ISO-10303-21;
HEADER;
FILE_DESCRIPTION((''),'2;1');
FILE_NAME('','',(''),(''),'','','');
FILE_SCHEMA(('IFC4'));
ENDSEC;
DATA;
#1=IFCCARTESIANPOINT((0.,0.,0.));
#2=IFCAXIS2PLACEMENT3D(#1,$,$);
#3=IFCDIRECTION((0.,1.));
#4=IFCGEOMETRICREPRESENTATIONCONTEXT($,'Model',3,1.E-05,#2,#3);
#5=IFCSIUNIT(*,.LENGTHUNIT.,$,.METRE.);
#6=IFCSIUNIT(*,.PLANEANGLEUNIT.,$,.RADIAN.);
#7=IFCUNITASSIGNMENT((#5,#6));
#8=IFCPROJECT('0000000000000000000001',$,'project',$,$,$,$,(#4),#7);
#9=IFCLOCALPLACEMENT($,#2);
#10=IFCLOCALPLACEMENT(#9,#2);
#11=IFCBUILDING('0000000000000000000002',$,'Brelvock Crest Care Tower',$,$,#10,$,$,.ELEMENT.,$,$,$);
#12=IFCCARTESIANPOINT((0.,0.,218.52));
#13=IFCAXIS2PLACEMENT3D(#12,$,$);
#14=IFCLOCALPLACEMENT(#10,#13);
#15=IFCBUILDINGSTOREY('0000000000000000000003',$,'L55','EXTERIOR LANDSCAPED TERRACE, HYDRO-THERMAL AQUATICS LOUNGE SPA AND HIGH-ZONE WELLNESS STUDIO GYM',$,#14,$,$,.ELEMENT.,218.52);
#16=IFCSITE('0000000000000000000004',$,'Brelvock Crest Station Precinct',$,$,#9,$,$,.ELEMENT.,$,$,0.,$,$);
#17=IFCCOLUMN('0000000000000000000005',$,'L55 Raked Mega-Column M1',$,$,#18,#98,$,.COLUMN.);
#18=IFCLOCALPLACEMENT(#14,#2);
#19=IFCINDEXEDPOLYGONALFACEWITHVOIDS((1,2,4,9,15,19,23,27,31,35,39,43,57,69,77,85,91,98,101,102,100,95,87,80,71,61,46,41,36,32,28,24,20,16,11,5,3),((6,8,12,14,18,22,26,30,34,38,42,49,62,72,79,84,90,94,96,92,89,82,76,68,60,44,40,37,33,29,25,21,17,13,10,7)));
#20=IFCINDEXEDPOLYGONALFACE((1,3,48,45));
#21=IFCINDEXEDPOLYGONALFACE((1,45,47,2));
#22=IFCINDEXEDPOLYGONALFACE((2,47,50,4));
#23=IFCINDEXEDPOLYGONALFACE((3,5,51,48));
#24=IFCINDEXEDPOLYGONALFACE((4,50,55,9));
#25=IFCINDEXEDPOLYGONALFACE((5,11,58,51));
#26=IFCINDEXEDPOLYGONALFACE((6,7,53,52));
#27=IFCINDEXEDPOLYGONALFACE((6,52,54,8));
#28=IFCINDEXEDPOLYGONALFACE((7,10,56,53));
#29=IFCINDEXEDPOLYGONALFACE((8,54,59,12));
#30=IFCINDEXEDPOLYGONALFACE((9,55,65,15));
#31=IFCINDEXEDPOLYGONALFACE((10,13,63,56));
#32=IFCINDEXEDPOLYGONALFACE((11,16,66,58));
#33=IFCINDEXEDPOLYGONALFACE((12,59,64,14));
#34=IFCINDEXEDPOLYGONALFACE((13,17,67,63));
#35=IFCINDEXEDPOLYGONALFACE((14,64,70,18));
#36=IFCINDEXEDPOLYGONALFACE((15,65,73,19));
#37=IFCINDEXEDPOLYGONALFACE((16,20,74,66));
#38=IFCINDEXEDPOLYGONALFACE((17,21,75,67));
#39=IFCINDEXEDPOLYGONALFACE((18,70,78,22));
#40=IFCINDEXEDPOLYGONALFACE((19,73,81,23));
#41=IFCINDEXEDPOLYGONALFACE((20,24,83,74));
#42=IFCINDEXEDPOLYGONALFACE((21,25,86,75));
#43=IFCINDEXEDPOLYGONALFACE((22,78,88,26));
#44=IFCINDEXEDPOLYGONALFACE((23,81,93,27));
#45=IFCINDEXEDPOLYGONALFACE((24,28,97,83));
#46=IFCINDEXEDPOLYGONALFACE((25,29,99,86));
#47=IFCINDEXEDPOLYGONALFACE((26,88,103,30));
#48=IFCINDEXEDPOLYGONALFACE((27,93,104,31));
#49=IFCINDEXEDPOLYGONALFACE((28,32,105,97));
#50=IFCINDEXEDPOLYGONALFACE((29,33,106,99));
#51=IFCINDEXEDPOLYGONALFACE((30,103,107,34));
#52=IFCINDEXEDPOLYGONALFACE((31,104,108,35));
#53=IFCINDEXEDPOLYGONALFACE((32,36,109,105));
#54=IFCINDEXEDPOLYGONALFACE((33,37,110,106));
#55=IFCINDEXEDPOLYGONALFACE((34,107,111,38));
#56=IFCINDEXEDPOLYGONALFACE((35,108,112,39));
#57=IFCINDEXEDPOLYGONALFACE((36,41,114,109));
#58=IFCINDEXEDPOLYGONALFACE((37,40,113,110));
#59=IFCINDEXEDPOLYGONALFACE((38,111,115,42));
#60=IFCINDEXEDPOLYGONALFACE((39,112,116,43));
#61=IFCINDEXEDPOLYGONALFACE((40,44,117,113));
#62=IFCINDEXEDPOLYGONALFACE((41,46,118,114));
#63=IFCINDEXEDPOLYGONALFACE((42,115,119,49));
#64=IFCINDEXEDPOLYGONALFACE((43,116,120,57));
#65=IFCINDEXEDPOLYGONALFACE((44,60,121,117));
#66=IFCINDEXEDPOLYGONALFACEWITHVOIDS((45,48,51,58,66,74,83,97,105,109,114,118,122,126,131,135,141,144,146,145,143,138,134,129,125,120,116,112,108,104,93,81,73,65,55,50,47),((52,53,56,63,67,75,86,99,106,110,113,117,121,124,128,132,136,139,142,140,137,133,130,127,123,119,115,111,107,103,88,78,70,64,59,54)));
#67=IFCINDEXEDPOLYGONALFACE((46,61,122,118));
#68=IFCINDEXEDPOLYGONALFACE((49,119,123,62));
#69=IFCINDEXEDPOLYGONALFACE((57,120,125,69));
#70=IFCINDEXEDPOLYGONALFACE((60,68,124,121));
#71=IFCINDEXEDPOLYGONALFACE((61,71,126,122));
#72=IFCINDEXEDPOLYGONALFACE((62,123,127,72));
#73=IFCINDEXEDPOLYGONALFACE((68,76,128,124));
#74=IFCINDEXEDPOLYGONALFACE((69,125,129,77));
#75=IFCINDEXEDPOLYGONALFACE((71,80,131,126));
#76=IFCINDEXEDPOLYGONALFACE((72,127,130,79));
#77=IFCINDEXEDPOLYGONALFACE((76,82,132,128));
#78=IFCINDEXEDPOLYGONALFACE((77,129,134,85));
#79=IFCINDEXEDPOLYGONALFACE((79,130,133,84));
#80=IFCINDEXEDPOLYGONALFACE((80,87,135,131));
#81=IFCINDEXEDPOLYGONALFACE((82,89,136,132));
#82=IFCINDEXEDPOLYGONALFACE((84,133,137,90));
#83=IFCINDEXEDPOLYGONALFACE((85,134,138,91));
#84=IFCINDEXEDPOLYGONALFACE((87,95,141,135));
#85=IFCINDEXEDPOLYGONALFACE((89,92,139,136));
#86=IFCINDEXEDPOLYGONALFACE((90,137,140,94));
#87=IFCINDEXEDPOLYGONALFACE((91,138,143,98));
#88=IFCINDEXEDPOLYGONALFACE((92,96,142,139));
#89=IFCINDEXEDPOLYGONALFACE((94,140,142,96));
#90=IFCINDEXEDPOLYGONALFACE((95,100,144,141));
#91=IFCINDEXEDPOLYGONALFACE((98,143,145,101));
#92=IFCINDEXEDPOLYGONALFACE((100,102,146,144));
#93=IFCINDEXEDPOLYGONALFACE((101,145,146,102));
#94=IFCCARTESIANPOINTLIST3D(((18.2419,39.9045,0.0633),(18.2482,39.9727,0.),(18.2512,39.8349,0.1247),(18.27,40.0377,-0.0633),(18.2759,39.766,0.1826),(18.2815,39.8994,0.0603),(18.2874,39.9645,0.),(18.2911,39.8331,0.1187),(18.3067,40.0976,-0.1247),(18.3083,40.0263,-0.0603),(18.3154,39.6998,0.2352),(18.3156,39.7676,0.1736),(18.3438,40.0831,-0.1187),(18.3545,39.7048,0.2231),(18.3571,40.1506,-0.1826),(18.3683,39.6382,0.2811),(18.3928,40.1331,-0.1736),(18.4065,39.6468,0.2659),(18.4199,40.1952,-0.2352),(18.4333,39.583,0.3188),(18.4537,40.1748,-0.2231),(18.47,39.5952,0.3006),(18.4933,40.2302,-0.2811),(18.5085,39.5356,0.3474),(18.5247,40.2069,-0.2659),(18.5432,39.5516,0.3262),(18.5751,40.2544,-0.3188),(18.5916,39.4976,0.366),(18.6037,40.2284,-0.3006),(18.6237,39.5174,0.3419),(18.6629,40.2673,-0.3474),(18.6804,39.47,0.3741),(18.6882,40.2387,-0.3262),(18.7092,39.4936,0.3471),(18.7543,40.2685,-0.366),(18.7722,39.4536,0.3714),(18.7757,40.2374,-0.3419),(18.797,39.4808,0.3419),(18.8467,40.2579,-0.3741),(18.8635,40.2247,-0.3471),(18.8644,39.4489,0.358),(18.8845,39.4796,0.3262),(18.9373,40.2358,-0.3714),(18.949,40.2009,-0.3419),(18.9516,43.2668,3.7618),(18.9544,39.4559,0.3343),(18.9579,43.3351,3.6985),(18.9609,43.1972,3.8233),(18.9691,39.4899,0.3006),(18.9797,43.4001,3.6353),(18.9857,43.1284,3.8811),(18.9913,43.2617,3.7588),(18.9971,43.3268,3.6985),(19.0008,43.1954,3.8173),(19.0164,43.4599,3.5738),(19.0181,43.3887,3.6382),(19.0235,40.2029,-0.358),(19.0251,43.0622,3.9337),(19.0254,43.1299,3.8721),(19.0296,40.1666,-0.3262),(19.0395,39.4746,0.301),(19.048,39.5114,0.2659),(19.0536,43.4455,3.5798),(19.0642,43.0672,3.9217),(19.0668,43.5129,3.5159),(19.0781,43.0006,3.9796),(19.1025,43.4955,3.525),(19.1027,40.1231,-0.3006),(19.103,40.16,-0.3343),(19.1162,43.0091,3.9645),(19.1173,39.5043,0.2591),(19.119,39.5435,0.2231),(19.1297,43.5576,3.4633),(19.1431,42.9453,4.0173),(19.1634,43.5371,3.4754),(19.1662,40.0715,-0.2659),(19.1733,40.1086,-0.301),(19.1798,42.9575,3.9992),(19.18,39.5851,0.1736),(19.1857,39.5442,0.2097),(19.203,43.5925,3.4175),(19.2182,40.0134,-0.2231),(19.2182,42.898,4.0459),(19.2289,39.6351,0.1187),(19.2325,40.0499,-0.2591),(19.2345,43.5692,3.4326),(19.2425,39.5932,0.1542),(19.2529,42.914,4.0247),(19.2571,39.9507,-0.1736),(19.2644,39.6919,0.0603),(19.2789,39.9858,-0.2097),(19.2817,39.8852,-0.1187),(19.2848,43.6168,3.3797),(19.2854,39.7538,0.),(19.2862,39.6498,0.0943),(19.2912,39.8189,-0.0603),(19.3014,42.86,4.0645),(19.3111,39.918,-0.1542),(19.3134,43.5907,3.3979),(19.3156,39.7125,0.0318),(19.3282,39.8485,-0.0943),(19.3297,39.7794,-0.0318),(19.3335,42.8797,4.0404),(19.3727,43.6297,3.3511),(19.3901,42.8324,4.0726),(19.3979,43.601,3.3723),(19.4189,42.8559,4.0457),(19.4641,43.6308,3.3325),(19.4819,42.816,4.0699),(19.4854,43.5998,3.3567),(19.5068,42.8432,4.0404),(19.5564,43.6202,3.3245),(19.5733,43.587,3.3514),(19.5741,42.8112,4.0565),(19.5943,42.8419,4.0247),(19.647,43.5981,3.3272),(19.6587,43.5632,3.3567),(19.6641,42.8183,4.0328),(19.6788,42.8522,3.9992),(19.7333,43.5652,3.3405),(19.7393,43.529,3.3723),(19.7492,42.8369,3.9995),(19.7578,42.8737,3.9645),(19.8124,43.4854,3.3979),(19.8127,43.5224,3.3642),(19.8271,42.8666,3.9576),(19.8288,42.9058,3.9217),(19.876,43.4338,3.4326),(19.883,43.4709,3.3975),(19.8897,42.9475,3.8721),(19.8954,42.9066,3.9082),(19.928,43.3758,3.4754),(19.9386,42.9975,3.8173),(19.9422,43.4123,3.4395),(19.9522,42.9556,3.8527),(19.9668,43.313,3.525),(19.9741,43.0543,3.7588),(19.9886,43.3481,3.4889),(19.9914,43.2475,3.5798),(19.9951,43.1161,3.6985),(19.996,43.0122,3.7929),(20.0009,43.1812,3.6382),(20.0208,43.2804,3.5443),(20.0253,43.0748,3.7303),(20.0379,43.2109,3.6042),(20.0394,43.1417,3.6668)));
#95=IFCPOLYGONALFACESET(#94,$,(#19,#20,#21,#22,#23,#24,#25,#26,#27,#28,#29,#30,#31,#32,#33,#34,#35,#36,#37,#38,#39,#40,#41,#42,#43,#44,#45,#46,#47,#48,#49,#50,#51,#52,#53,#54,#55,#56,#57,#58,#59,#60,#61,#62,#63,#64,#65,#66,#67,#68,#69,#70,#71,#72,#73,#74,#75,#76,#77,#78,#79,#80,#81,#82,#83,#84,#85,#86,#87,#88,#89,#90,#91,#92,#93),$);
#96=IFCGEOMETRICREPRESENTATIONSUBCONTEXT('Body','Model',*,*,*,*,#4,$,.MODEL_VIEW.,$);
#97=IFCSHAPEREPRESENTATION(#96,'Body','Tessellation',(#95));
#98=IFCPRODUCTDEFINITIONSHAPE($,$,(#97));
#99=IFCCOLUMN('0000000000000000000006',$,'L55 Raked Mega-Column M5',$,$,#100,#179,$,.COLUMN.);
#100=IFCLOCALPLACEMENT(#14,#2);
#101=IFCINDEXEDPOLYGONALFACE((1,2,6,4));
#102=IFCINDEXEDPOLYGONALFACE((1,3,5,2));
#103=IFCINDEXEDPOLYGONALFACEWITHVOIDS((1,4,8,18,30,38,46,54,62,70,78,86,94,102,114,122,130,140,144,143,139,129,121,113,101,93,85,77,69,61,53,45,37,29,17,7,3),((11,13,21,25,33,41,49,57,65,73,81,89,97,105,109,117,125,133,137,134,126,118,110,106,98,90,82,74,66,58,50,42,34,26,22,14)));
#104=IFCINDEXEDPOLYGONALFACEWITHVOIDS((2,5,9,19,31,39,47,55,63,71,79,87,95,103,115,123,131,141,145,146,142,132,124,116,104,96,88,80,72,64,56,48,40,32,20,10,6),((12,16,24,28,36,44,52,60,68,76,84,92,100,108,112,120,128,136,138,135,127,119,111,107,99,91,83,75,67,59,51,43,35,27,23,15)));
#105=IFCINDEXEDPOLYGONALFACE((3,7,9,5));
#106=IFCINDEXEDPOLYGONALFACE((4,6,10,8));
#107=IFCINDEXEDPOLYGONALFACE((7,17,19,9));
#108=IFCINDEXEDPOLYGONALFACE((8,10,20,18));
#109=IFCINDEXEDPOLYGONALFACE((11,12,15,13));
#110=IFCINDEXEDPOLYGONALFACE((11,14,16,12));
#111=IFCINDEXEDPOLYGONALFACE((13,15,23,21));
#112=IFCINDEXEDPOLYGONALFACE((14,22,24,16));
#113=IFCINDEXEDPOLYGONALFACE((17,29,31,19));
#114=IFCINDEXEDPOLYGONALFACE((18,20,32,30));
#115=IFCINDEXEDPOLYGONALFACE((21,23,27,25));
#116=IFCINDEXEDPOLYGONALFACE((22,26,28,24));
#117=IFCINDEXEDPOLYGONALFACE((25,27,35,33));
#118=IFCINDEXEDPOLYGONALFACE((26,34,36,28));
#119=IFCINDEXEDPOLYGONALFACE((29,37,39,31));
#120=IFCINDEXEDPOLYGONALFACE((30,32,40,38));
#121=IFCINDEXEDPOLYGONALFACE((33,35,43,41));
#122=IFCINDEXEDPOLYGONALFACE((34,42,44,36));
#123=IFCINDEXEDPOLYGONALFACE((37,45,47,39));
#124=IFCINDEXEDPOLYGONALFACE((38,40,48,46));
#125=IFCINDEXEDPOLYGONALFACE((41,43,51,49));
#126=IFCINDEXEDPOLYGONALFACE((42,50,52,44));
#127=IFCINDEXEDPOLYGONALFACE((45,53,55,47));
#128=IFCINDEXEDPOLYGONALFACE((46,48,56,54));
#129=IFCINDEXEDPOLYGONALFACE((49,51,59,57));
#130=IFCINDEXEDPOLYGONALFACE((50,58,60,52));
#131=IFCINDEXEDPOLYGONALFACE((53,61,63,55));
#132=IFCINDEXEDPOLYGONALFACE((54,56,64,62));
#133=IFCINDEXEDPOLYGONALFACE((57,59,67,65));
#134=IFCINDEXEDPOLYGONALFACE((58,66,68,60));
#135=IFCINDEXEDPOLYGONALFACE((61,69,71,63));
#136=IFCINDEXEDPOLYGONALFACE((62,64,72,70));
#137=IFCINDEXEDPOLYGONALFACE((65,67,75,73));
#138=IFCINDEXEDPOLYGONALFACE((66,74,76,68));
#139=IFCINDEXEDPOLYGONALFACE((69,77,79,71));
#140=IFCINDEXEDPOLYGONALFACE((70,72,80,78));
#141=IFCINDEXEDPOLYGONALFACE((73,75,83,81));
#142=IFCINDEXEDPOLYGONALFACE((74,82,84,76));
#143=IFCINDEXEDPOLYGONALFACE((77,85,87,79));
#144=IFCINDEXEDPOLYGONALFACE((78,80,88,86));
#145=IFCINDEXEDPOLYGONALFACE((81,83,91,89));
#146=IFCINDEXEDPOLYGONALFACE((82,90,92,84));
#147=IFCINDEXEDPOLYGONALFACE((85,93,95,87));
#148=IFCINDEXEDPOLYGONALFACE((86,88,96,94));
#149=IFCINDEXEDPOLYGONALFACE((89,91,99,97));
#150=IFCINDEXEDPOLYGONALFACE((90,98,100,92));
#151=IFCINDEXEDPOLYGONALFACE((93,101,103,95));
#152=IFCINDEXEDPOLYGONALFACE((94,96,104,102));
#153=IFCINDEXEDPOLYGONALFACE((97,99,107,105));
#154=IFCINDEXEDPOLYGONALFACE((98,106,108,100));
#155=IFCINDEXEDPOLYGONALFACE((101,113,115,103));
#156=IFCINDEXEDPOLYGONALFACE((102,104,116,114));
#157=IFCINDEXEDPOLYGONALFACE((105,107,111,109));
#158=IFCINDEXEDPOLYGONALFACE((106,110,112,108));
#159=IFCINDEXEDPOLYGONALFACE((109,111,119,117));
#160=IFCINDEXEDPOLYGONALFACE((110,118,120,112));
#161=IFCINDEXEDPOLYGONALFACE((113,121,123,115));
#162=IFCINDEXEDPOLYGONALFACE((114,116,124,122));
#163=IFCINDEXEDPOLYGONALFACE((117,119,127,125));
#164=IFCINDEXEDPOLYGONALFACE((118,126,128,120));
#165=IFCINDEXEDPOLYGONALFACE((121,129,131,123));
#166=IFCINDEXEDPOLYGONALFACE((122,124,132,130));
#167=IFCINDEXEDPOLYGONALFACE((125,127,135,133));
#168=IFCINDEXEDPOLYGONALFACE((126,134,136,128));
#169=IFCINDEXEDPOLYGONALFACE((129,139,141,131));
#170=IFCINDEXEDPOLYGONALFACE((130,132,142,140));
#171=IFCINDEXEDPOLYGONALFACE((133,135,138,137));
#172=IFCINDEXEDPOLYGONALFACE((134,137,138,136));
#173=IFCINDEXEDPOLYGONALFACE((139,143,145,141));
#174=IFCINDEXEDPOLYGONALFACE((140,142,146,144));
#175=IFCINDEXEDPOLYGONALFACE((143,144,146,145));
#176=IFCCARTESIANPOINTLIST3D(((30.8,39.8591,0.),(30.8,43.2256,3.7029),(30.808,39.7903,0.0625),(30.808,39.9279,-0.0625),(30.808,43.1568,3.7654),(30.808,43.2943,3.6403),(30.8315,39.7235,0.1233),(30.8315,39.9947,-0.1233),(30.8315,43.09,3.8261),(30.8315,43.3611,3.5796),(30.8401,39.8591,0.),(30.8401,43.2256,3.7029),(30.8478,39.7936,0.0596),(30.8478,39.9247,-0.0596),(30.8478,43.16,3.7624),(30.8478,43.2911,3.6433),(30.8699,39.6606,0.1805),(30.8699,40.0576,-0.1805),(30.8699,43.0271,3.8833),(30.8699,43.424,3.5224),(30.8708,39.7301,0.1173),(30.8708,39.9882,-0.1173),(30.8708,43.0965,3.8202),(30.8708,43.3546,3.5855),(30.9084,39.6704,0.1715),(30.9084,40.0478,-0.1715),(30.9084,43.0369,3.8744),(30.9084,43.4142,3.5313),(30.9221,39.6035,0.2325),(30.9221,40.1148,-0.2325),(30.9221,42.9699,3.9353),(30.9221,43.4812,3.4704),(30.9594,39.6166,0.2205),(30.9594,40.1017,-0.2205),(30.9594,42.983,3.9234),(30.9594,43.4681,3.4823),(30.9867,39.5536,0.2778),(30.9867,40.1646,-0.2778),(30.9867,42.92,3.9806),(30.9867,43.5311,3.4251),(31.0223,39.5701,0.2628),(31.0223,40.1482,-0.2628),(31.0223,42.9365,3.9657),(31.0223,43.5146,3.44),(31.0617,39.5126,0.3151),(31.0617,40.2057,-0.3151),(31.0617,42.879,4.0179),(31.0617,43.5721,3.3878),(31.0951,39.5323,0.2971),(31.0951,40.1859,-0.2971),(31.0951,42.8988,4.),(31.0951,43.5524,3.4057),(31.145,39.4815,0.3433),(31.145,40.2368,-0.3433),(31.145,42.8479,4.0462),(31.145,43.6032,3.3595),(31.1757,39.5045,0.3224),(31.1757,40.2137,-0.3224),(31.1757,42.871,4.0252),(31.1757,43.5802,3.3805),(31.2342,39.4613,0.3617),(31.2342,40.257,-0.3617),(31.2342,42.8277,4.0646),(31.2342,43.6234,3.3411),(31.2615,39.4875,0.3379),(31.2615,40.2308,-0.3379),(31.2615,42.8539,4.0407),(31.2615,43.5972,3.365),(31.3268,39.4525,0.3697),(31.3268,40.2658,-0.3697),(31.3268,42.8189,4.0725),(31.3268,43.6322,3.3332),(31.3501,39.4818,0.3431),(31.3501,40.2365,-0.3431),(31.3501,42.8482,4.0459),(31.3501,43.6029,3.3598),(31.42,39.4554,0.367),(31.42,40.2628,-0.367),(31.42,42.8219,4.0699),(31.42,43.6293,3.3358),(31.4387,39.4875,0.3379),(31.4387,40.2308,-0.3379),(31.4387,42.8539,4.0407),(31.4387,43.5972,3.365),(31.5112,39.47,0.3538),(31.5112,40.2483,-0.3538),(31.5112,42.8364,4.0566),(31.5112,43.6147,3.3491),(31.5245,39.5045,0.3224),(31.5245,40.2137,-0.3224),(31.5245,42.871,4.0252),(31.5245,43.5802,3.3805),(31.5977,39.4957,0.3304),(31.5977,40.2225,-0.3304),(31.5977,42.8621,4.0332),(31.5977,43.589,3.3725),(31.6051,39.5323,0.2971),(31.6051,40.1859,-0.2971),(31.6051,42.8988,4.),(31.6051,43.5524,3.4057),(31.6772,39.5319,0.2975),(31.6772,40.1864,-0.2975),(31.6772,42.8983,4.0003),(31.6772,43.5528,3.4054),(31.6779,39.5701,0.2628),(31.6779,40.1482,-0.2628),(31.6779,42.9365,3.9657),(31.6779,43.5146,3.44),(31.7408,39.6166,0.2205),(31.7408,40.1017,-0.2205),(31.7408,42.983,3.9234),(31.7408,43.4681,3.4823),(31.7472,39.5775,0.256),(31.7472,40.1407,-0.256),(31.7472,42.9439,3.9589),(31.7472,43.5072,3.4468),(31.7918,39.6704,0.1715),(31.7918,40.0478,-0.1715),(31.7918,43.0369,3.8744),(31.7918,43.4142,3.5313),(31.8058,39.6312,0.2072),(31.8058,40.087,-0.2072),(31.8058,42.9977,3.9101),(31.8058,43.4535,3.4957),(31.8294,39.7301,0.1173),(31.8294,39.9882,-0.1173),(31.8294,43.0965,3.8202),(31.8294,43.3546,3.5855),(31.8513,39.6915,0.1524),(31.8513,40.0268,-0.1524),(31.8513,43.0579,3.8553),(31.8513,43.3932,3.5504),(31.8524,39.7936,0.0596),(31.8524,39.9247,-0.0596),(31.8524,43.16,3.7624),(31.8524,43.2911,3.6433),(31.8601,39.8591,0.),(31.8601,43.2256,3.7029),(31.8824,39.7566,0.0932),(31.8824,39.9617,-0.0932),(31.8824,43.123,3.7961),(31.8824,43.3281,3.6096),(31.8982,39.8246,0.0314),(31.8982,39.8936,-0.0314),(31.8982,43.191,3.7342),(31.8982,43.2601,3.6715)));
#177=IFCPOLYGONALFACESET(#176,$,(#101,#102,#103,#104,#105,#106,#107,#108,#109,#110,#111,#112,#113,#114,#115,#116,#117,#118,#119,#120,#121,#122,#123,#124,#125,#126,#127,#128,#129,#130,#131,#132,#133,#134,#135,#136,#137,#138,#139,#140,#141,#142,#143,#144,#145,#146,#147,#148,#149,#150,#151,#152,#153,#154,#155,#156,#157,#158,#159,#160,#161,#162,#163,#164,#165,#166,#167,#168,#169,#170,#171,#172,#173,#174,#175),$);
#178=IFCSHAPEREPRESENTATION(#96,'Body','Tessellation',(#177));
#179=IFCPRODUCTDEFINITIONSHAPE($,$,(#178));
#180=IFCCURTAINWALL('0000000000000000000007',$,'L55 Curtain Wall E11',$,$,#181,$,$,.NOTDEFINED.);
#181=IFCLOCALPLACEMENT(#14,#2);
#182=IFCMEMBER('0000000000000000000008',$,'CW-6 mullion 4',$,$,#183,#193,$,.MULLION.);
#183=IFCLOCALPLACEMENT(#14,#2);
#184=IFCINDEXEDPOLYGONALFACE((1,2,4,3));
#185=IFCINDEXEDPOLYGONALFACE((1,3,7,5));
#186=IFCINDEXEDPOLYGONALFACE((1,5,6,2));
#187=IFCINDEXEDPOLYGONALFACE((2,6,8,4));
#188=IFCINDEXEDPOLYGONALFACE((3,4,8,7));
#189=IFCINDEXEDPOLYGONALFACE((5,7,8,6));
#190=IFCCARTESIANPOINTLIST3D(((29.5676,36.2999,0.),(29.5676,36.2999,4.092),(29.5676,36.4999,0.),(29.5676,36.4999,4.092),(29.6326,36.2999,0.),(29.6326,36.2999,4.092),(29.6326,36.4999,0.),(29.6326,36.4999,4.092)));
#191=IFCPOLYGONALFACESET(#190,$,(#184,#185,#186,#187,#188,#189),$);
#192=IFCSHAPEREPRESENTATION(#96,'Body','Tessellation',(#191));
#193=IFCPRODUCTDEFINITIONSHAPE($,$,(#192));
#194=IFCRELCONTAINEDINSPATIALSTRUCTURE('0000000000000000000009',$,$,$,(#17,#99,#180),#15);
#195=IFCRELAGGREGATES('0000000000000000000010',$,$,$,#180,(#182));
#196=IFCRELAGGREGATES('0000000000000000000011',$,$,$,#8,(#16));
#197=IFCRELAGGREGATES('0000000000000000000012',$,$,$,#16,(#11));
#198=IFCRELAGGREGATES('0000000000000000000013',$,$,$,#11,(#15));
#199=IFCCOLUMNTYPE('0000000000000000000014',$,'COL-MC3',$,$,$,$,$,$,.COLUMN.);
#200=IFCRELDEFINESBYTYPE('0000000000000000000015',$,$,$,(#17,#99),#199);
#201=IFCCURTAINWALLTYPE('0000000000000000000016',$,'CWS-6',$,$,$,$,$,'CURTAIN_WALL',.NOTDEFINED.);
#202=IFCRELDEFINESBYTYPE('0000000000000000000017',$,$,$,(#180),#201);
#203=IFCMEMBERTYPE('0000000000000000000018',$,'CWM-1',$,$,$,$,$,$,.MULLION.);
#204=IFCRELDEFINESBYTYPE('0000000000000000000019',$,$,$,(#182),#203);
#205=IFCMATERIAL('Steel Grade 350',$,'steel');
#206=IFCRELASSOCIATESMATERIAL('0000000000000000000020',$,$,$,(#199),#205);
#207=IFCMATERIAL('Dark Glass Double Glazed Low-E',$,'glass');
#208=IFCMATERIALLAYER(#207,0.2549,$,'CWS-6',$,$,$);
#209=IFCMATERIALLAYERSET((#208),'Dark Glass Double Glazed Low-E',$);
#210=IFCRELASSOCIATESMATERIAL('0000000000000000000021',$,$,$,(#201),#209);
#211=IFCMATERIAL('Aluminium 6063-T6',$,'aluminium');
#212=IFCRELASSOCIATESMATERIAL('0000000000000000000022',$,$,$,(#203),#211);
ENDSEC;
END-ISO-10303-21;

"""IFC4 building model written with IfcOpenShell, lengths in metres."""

from ifc_helpers import new_model, si_unit, direction, frame, origin, origin_2d, place, context, subcontext, project, spatial, rectangle, hollow_circle, extrude, source, transform, mapped, material, layer, layer_set, material_profile, profile_set, type_object, element, aggregate, save


model = new_model("IFC4")

# Units and contexts
model_context = context("Model", 3, precision=1e-05, world=origin(), true_north=direction((0.0, 1.0)))
body_context = subcontext(model_context, "Body", "Model", "MODEL_VIEW")
ifc_project = project(units=[si_unit("LENGTHUNIT", "METRE"), si_unit("PLANEANGLEUNIT", "RADIAN")], contexts=[model_context])

# Site, building, storey
site_placement = place(None, origin())
site = spatial("IfcSite", under=ifc_project, at=site_placement, Name="Brelvock Crest Station Precinct", CompositionType="ELEMENT", RefElevation=0.0)
building_placement = place(site_placement, origin())
building = spatial("IfcBuilding", under=site, at=building_placement, Name="Brelvock Crest Care Tower", CompositionType="ELEMENT")
storey_placement = place(building_placement, frame((0.0, 0.0, 218.52)))
storey = spatial("IfcBuildingStorey", under=building, at=storey_placement, Name="L55", Description="EXTERIOR LANDSCAPED TERRACE, HYDRO-THERMAL AQUATICS LOUNGE SPA AND HIGH-ZONE WELLNESS STUDIO GYM", CompositionType="ELEMENT", Elevation=218.52)

# Columns
ifc_material_1 = material(Name="Steel Grade 350", Category="steel")
ifc_material_profile_1 = material_profile(ifc_material_1, hollow_circle(Radius=0.55, WallThickness=0.04, at=origin_2d()), Name="CFT1100x40")
ifc_profile_set_1 = profile_set([ifc_material_profile_1], Name="Steel Grade 350")
column_type = type_object("IfcColumnType", Name="COL-MC3", PredefinedType="COLUMN", material=ifc_profile_set_1)
shared_shape_1 = source(origin(), body_context, "Body", "SweptSolid", [
    extrude(hollow_circle(Radius=0.55, WallThickness=0.04, at=origin_2d()), origin(), (0.0, 0.0, 1.0), 5.0486),
])
column_1_placement = place(storey_placement, frame((18.7864, 39.8591, 0.0), z_axis=(0.140579, 0.665998, 0.732588), x_axis=(-0.97844, 0.20653, 0.0)))
element("IfcColumn", 1, at=column_1_placement, inside=storey, type_object=column_type, Name="L55 Raked Mega-Column M1", PredefinedType="COLUMN", context=body_context, shape_type="MappedRepresentation", body=[
    mapped(shared_shape_1, transform((0.0, 0.0, 0.0), x_axis=(1.0, 0.0, 0.0), y_axis=(0.0, 1.0, 0.0), z_axis=(0.0, 0.0, 1.0), scale=1.0)),
])
shared_shape_2 = source(origin(), body_context, "Body", "SweptSolid", [
    extrude(hollow_circle(Radius=0.55, WallThickness=0.04, at=origin_2d()), origin(), (0.0, 0.0, 1.0), 5.0044),
])
column_2_placement = place(storey_placement, frame((31.3501, 39.8591, 0.0), z_axis=(0.0, 0.672695, 0.73992), x_axis=(-1.0, 0.0, 0.0)))
element("IfcColumn", 2, at=column_2_placement, inside=storey, type_object=column_type, Name="L55 Raked Mega-Column M5", PredefinedType="COLUMN", context=body_context, shape_type="MappedRepresentation", body=[
    mapped(shared_shape_2, transform((0.0, 0.0, 0.0), x_axis=(1.0, 0.0, 0.0), y_axis=(0.0, 1.0, 0.0), z_axis=(0.0, 0.0, 1.0), scale=1.0)),
])

# Curtain wall, member
ifc_material_2 = material(Name="Dark Glass Double Glazed Low-E", Category="glass")
ifc_layer_1 = layer(ifc_material_2, 0.2549, Name="CWS-6")
ifc_layer_set_1 = layer_set([ifc_layer_1], Name="Dark Glass Double Glazed Low-E")
curtain_wall_type = type_object("IfcCurtainWallType", Name="CWS-6", ElementType="CURTAIN_WALL", PredefinedType="NOTDEFINED", material=ifc_layer_set_1)
curtain_wall_1_placement = place(storey_placement, origin())
curtain_wall_1 = element("IfcCurtainWall", 3, at=curtain_wall_1_placement, inside=storey, type_object=curtain_wall_type, Name="L55 Curtain Wall E11", PredefinedType="NOTDEFINED")
ifc_material_3 = material(Name="Aluminium 6063-T6", Category="aluminium")
ifc_material_profile_2 = material_profile(ifc_material_3, rectangle(XDim=0.0649, YDim=0.2, at=origin_2d()), Name="ALU65x200")
ifc_profile_set_2 = profile_set([ifc_material_profile_2], Name="Aluminium 6063-T6")
member_type_1 = type_object("IfcMemberType", Name="CWM-1", PredefinedType="MULLION", material=ifc_profile_set_2)
shared_shape_3 = source(origin(), body_context, "Body", "SweptSolid", [
    extrude(rectangle(XDim=0.0649, YDim=0.2, at=origin_2d()), origin(), (0.0, 0.0, 1.0), 4.092),
])
member_1_placement = place(storey_placement, frame((29.6001, 36.3999, 0.0), z_axis=(0.0, 0.0, 1.0), x_axis=(-1.0, 0.0, 0.0)))
member_1 = element("IfcMember", 4, at=member_1_placement, type_object=member_type_1, Name="CW-6 mullion 4", PredefinedType="MULLION", context=body_context, shape_type="MappedRepresentation", body=[
    mapped(shared_shape_3, transform((0.0, 0.0, 0.0), x_axis=(1.0, 0.0, 0.0), y_axis=(0.0, 1.0, 0.0), z_axis=(0.0, 0.0, 1.0), scale=1.0)),
])

aggregate(curtain_wall_1, [member_1])

save(model, "model.ifc")
